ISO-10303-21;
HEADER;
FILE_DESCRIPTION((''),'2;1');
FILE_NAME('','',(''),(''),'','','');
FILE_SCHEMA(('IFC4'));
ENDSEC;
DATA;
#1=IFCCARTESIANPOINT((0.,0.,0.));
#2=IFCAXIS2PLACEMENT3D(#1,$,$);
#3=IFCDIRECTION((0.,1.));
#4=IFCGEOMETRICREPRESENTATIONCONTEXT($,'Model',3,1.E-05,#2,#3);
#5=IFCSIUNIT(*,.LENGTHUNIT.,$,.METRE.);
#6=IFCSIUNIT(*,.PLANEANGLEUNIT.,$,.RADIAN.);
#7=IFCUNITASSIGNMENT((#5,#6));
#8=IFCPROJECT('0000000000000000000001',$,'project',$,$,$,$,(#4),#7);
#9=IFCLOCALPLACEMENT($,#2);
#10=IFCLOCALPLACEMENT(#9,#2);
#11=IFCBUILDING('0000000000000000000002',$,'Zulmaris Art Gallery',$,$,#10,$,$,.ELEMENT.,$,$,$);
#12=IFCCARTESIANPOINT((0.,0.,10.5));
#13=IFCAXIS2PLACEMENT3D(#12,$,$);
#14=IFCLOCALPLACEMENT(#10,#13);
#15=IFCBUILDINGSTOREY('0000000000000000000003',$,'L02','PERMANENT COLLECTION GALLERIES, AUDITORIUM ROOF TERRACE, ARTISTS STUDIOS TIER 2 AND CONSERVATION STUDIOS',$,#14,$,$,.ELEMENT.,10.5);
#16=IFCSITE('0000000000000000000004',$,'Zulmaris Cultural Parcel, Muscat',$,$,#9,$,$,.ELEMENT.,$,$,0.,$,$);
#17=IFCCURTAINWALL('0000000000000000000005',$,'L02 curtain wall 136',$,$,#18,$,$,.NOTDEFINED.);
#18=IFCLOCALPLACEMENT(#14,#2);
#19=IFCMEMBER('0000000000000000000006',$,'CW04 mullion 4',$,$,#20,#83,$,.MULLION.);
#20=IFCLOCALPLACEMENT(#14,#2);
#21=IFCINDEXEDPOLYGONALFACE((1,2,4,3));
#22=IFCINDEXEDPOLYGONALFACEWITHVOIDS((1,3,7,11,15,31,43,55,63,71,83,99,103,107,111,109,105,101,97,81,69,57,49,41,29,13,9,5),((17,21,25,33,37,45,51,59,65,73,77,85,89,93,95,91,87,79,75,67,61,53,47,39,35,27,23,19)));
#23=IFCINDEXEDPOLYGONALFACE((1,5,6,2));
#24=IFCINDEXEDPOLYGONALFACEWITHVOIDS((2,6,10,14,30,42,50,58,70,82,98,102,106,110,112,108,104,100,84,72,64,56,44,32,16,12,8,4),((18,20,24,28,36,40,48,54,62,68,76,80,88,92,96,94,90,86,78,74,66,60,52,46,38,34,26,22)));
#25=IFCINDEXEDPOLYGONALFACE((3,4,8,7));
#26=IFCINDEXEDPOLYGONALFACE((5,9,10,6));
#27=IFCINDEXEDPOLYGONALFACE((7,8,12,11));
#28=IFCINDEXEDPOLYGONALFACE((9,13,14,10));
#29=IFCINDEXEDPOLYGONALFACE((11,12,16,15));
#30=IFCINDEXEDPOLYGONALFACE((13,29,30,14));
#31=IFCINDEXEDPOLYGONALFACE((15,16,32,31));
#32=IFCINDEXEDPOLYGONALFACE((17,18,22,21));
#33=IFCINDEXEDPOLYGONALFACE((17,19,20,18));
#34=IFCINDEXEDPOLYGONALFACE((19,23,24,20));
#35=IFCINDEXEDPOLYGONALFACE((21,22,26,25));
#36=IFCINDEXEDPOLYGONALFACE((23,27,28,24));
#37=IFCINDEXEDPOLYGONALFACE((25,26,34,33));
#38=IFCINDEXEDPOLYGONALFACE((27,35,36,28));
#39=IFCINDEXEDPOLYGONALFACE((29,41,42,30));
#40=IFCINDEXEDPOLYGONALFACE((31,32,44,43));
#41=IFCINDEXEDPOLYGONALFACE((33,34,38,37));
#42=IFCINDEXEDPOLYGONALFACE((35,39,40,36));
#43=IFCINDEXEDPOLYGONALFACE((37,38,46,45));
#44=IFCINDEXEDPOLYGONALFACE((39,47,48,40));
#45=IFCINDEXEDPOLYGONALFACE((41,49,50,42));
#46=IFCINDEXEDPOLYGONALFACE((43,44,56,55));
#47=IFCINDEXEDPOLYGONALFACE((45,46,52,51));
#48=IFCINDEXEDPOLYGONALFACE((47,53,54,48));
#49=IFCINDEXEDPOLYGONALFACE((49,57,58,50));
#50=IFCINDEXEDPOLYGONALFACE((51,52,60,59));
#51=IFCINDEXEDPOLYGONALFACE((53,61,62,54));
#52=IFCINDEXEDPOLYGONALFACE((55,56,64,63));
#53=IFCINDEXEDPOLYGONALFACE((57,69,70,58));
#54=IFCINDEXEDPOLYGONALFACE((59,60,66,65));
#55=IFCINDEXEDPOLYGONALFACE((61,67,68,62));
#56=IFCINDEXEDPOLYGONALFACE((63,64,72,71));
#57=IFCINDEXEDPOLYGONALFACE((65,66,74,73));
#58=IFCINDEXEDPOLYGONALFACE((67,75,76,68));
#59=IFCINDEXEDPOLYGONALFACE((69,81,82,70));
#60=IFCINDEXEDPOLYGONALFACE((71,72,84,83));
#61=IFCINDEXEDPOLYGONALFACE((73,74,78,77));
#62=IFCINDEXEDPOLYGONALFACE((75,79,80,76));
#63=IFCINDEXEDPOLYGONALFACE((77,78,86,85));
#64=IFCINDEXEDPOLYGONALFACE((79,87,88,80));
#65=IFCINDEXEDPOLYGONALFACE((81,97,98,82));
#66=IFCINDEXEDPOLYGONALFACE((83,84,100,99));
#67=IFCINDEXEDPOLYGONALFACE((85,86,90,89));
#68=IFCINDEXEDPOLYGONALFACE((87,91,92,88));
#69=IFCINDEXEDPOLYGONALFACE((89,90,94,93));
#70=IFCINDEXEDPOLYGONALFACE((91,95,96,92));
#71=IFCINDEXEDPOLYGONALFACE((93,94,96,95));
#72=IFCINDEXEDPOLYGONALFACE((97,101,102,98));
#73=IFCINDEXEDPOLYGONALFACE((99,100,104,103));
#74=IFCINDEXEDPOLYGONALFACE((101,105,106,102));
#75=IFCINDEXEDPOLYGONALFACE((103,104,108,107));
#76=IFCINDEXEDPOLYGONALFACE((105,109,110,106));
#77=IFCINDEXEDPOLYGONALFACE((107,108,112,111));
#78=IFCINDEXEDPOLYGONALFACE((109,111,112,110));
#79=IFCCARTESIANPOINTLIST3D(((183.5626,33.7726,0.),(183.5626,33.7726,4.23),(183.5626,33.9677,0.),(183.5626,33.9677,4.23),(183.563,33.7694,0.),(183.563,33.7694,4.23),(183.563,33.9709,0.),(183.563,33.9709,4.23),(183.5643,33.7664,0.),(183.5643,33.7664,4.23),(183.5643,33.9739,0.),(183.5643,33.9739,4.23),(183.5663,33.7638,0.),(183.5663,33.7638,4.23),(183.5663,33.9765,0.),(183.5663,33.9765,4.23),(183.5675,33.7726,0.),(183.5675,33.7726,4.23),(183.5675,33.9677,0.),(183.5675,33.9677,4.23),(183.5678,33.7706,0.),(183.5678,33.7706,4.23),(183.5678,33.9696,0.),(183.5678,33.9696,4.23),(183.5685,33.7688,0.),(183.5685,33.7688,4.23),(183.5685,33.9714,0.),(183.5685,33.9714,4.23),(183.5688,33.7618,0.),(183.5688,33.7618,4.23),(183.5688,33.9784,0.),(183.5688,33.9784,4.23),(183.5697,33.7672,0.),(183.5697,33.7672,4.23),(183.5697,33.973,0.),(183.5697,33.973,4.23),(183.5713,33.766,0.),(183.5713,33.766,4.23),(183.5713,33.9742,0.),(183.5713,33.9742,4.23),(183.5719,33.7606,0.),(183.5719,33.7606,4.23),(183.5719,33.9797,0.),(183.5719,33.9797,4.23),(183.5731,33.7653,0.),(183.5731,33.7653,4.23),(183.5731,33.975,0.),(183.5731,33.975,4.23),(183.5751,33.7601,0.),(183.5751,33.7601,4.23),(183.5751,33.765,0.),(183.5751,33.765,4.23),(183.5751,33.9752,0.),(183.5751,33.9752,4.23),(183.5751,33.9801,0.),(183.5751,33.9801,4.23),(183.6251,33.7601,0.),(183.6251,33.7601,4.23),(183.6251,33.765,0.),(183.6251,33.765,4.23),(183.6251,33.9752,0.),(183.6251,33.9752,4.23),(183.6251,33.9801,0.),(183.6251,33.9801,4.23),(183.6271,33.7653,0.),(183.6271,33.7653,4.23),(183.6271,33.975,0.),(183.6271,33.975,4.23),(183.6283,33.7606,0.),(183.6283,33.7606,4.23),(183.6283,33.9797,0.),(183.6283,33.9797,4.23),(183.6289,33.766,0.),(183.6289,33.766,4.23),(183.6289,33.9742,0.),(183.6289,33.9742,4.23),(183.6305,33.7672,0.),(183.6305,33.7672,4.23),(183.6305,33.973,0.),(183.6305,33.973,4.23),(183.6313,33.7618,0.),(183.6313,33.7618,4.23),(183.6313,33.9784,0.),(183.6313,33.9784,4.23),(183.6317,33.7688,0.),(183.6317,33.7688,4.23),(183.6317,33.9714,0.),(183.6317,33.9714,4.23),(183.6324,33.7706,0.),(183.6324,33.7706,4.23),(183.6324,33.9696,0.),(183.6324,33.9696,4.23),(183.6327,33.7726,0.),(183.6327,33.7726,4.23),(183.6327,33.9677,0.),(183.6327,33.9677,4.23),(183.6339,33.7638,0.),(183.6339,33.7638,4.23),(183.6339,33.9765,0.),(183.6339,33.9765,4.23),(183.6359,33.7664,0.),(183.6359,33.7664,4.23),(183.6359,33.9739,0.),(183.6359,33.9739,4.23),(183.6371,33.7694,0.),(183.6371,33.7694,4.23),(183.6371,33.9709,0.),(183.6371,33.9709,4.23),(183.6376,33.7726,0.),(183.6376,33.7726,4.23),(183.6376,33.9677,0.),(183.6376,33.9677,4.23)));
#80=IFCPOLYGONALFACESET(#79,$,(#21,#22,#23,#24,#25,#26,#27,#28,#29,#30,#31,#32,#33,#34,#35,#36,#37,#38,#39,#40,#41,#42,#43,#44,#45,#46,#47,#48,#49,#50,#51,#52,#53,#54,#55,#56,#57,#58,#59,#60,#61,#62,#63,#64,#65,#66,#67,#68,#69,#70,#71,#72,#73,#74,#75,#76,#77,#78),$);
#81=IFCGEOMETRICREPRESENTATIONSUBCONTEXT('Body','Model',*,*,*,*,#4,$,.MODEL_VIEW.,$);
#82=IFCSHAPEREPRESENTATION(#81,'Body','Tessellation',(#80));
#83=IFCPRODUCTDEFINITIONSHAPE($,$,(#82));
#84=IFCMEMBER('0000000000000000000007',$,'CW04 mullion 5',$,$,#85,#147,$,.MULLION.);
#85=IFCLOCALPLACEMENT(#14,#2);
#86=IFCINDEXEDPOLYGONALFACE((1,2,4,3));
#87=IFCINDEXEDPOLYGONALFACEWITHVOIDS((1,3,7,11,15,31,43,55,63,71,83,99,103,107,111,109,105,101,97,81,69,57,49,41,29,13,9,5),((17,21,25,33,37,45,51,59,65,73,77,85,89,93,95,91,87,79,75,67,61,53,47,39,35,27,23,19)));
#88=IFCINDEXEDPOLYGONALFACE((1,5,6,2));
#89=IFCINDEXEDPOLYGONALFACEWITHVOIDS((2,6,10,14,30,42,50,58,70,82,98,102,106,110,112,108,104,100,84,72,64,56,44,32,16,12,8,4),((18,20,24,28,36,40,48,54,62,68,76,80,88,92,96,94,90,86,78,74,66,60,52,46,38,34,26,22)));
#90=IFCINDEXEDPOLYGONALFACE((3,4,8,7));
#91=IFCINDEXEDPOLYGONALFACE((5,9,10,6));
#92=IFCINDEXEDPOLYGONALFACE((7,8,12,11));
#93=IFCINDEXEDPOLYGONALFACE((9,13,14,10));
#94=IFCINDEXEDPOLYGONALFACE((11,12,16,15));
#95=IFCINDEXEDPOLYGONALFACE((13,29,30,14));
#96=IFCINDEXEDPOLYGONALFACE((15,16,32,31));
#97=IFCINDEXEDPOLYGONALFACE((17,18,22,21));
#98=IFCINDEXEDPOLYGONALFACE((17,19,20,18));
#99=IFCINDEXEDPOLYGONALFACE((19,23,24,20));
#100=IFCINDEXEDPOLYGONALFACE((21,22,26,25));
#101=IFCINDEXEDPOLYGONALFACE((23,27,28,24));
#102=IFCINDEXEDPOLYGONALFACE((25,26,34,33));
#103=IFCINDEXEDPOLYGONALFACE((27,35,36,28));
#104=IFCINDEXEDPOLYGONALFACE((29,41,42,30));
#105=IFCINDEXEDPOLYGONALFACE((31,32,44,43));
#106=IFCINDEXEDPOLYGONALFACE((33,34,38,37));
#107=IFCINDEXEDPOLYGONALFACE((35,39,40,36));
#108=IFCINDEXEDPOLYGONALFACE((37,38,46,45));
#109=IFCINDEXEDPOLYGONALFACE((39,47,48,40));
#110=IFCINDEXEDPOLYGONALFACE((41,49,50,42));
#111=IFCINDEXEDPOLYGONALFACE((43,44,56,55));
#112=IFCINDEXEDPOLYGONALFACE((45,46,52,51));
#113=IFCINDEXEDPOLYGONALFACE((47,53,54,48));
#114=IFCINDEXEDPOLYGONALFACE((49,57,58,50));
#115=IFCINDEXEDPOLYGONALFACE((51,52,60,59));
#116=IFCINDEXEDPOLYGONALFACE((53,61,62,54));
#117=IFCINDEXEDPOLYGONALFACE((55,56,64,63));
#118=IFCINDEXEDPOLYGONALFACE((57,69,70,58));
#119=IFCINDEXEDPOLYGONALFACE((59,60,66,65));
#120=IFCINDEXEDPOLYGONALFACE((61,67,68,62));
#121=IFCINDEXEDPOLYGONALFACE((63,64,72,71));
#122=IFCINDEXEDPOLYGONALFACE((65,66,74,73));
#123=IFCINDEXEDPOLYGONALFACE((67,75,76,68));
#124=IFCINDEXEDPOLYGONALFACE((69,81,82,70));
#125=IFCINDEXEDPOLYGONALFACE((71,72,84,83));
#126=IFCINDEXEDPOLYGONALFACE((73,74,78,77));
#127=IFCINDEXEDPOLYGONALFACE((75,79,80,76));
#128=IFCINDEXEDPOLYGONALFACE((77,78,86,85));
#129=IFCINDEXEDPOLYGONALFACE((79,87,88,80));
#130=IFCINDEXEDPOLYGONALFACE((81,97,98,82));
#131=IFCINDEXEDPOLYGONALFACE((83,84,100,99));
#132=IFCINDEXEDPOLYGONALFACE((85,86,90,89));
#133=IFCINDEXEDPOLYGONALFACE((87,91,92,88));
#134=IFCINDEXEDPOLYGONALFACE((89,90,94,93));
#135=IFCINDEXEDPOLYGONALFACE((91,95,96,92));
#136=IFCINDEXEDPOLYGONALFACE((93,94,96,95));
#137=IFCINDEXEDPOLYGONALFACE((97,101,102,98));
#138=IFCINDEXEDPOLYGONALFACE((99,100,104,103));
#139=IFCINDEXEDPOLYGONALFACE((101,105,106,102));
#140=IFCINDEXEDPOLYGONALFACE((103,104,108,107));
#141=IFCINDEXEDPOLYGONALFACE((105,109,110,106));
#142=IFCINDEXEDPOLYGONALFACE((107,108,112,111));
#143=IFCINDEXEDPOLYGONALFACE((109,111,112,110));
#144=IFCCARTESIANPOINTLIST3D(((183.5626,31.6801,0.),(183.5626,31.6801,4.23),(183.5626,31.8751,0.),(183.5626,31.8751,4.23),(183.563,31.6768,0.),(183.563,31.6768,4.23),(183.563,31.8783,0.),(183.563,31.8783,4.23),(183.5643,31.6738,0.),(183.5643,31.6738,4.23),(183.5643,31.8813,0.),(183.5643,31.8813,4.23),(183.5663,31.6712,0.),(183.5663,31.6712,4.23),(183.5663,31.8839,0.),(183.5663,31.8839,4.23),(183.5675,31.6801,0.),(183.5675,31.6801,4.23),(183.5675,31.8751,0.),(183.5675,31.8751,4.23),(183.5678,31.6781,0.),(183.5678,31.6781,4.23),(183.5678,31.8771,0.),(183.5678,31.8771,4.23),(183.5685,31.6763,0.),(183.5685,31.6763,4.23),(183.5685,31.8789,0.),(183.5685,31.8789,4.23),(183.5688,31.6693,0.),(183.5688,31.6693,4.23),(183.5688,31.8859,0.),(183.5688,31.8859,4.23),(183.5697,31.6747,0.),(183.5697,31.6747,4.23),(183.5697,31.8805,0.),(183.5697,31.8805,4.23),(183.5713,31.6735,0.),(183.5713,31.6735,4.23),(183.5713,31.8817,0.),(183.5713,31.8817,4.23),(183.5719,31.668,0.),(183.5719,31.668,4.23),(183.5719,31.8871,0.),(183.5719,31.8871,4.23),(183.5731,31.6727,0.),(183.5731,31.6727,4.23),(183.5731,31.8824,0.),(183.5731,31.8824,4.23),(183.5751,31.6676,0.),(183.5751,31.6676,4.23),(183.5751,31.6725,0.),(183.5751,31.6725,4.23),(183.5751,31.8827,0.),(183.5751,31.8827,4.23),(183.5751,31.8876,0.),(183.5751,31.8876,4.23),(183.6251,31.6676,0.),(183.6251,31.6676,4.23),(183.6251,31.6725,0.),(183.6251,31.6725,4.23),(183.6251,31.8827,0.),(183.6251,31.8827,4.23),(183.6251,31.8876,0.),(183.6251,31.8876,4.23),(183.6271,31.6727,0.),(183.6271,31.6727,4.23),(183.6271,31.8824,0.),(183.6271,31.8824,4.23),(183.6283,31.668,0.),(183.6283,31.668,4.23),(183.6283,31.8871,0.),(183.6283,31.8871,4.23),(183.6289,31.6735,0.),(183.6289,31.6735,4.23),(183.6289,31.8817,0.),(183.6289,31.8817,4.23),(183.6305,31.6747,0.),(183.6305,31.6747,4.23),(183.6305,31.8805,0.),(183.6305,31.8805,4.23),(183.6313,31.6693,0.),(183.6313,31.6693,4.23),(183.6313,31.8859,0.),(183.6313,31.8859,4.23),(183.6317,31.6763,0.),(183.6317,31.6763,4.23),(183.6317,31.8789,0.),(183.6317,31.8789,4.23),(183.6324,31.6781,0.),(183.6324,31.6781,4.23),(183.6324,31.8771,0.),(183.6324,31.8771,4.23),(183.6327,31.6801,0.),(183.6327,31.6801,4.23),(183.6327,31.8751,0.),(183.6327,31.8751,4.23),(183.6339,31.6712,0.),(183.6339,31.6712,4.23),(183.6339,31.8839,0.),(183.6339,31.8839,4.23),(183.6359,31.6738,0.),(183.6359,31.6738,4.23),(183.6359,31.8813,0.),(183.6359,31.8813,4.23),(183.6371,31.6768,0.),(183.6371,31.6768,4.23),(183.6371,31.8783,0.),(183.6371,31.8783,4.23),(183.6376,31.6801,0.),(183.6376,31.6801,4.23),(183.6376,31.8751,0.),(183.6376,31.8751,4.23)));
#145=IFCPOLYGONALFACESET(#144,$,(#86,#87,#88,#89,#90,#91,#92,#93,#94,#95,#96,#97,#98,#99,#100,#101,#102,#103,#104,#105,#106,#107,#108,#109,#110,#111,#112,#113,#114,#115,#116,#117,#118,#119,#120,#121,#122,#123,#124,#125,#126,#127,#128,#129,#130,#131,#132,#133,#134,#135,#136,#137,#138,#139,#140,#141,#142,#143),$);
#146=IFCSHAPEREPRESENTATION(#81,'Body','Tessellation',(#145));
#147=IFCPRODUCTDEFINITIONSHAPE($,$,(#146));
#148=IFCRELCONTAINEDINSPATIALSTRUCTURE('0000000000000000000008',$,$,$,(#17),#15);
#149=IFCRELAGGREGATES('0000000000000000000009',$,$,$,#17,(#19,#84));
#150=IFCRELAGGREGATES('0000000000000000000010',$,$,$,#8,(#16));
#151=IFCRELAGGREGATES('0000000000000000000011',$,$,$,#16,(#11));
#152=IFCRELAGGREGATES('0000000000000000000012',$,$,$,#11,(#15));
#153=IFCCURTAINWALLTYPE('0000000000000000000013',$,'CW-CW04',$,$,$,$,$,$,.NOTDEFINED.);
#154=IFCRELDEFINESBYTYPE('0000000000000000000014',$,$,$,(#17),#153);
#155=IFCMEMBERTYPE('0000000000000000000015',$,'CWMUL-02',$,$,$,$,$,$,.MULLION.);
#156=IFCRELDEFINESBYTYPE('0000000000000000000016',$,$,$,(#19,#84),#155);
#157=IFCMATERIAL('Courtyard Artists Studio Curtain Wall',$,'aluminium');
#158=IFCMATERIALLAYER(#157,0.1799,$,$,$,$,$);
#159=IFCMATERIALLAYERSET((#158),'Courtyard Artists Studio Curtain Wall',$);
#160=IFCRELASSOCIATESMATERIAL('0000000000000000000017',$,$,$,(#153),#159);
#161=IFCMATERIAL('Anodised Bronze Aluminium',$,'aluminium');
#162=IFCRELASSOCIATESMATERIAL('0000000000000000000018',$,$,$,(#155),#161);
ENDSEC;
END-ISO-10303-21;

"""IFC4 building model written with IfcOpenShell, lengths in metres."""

from ifc_helpers import new_model, si_unit, direction, frame, origin, origin_2d, place, context, subcontext, project, spatial, hollow_rectangle, extrude, material, layer, layer_set, material_profile, profile_set, type_object, element, aggregate, save


model = new_model("IFC4")

# Units and contexts
model_context = context("Model", 3, precision=1e-05, world=origin(), true_north=direction((0.0, 1.0)))
body_context = subcontext(model_context, "Body", "Model", "MODEL_VIEW")
ifc_project = project(units=[si_unit("LENGTHUNIT", "METRE"), si_unit("PLANEANGLEUNIT", "RADIAN")], contexts=[model_context])

# Site, building, storey
site_placement = place(None, origin())
site = spatial("IfcSite", under=ifc_project, at=site_placement, Name="Zulmaris Cultural Parcel, Muscat", CompositionType="ELEMENT", RefElevation=0.0)
building_placement = place(site_placement, origin())
building = spatial("IfcBuilding", under=site, at=building_placement, Name="Zulmaris Art Gallery", CompositionType="ELEMENT")
storey_placement = place(building_placement, frame((0.0, 0.0, 10.5)))
storey = spatial("IfcBuildingStorey", under=building, at=storey_placement, Name="L02", Description="PERMANENT COLLECTION GALLERIES, AUDITORIUM ROOF TERRACE, ARTISTS STUDIOS TIER 2 AND CONSERVATION STUDIOS", CompositionType="ELEMENT", Elevation=10.5)

# Curtain wall, members
ifc_material_1 = material(Name="Courtyard Artists Studio Curtain Wall", Category="aluminium")
ifc_layer_1 = layer(ifc_material_1, 0.1799)
ifc_layer_set_1 = layer_set([ifc_layer_1], Name="Courtyard Artists Studio Curtain Wall")
curtain_wall_type = type_object("IfcCurtainWallType", Name="CW-CW04", PredefinedType="NOTDEFINED", material=ifc_layer_set_1)
curtain_wall_1_placement = place(storey_placement, origin())
curtain_wall_1 = element("IfcCurtainWall", 1, at=curtain_wall_1_placement, inside=storey, type_object=curtain_wall_type, Name="L02 curtain wall 136", PredefinedType="NOTDEFINED")
ifc_material_2 = material(Name="Anodised Bronze Aluminium", Category="aluminium")
ifc_material_profile_1 = material_profile(ifc_material_2, hollow_rectangle(XDim=0.075, YDim=0.22, WallThickness=0.0049, InnerFilletRadius=0.0076, OuterFilletRadius=0.0125, at=origin_2d()), Name="ALU 75x220x5")
ifc_profile_set_1 = profile_set([ifc_material_profile_1], Name="Anodised Bronze Aluminium")
member_type_1 = type_object("IfcMemberType", Name="CWMUL-02", PredefinedType="MULLION", material=ifc_profile_set_1)
member_1_placement = place(storey_placement, frame((183.6001, 33.8701, 0.0), z_axis=(0.0, 0.0, 1.0), x_axis=(1.0, 0.0, 0.0)))
member_1 = element("IfcMember", 2, at=member_1_placement, type_object=member_type_1, Name="CW04 mullion 4", PredefinedType="MULLION", context=body_context, shape_type="SweptSolid", body=[
    extrude(hollow_rectangle(XDim=0.075, YDim=0.22, WallThickness=0.0049, InnerFilletRadius=0.0076, OuterFilletRadius=0.0125, at=origin_2d()), origin(), (0.0, 0.0, 1.0), 4.23),
])
member_2_placement = place(storey_placement, frame((183.6001, 31.7776, 0.0), z_axis=(0.0, 0.0, 1.0), x_axis=(1.0, 0.0, 0.0)))
member_2 = element("IfcMember", 3, at=member_2_placement, type_object=member_type_1, Name="CW04 mullion 5", PredefinedType="MULLION", context=body_context, shape_type="SweptSolid", body=[
    extrude(hollow_rectangle(XDim=0.075, YDim=0.22, WallThickness=0.0049, InnerFilletRadius=0.0076, OuterFilletRadius=0.0125, at=origin_2d()), origin(), (0.0, 0.0, 1.0), 4.23),
])

aggregate(curtain_wall_1, [member_1, member_2])

save(model, "model.ifc")
